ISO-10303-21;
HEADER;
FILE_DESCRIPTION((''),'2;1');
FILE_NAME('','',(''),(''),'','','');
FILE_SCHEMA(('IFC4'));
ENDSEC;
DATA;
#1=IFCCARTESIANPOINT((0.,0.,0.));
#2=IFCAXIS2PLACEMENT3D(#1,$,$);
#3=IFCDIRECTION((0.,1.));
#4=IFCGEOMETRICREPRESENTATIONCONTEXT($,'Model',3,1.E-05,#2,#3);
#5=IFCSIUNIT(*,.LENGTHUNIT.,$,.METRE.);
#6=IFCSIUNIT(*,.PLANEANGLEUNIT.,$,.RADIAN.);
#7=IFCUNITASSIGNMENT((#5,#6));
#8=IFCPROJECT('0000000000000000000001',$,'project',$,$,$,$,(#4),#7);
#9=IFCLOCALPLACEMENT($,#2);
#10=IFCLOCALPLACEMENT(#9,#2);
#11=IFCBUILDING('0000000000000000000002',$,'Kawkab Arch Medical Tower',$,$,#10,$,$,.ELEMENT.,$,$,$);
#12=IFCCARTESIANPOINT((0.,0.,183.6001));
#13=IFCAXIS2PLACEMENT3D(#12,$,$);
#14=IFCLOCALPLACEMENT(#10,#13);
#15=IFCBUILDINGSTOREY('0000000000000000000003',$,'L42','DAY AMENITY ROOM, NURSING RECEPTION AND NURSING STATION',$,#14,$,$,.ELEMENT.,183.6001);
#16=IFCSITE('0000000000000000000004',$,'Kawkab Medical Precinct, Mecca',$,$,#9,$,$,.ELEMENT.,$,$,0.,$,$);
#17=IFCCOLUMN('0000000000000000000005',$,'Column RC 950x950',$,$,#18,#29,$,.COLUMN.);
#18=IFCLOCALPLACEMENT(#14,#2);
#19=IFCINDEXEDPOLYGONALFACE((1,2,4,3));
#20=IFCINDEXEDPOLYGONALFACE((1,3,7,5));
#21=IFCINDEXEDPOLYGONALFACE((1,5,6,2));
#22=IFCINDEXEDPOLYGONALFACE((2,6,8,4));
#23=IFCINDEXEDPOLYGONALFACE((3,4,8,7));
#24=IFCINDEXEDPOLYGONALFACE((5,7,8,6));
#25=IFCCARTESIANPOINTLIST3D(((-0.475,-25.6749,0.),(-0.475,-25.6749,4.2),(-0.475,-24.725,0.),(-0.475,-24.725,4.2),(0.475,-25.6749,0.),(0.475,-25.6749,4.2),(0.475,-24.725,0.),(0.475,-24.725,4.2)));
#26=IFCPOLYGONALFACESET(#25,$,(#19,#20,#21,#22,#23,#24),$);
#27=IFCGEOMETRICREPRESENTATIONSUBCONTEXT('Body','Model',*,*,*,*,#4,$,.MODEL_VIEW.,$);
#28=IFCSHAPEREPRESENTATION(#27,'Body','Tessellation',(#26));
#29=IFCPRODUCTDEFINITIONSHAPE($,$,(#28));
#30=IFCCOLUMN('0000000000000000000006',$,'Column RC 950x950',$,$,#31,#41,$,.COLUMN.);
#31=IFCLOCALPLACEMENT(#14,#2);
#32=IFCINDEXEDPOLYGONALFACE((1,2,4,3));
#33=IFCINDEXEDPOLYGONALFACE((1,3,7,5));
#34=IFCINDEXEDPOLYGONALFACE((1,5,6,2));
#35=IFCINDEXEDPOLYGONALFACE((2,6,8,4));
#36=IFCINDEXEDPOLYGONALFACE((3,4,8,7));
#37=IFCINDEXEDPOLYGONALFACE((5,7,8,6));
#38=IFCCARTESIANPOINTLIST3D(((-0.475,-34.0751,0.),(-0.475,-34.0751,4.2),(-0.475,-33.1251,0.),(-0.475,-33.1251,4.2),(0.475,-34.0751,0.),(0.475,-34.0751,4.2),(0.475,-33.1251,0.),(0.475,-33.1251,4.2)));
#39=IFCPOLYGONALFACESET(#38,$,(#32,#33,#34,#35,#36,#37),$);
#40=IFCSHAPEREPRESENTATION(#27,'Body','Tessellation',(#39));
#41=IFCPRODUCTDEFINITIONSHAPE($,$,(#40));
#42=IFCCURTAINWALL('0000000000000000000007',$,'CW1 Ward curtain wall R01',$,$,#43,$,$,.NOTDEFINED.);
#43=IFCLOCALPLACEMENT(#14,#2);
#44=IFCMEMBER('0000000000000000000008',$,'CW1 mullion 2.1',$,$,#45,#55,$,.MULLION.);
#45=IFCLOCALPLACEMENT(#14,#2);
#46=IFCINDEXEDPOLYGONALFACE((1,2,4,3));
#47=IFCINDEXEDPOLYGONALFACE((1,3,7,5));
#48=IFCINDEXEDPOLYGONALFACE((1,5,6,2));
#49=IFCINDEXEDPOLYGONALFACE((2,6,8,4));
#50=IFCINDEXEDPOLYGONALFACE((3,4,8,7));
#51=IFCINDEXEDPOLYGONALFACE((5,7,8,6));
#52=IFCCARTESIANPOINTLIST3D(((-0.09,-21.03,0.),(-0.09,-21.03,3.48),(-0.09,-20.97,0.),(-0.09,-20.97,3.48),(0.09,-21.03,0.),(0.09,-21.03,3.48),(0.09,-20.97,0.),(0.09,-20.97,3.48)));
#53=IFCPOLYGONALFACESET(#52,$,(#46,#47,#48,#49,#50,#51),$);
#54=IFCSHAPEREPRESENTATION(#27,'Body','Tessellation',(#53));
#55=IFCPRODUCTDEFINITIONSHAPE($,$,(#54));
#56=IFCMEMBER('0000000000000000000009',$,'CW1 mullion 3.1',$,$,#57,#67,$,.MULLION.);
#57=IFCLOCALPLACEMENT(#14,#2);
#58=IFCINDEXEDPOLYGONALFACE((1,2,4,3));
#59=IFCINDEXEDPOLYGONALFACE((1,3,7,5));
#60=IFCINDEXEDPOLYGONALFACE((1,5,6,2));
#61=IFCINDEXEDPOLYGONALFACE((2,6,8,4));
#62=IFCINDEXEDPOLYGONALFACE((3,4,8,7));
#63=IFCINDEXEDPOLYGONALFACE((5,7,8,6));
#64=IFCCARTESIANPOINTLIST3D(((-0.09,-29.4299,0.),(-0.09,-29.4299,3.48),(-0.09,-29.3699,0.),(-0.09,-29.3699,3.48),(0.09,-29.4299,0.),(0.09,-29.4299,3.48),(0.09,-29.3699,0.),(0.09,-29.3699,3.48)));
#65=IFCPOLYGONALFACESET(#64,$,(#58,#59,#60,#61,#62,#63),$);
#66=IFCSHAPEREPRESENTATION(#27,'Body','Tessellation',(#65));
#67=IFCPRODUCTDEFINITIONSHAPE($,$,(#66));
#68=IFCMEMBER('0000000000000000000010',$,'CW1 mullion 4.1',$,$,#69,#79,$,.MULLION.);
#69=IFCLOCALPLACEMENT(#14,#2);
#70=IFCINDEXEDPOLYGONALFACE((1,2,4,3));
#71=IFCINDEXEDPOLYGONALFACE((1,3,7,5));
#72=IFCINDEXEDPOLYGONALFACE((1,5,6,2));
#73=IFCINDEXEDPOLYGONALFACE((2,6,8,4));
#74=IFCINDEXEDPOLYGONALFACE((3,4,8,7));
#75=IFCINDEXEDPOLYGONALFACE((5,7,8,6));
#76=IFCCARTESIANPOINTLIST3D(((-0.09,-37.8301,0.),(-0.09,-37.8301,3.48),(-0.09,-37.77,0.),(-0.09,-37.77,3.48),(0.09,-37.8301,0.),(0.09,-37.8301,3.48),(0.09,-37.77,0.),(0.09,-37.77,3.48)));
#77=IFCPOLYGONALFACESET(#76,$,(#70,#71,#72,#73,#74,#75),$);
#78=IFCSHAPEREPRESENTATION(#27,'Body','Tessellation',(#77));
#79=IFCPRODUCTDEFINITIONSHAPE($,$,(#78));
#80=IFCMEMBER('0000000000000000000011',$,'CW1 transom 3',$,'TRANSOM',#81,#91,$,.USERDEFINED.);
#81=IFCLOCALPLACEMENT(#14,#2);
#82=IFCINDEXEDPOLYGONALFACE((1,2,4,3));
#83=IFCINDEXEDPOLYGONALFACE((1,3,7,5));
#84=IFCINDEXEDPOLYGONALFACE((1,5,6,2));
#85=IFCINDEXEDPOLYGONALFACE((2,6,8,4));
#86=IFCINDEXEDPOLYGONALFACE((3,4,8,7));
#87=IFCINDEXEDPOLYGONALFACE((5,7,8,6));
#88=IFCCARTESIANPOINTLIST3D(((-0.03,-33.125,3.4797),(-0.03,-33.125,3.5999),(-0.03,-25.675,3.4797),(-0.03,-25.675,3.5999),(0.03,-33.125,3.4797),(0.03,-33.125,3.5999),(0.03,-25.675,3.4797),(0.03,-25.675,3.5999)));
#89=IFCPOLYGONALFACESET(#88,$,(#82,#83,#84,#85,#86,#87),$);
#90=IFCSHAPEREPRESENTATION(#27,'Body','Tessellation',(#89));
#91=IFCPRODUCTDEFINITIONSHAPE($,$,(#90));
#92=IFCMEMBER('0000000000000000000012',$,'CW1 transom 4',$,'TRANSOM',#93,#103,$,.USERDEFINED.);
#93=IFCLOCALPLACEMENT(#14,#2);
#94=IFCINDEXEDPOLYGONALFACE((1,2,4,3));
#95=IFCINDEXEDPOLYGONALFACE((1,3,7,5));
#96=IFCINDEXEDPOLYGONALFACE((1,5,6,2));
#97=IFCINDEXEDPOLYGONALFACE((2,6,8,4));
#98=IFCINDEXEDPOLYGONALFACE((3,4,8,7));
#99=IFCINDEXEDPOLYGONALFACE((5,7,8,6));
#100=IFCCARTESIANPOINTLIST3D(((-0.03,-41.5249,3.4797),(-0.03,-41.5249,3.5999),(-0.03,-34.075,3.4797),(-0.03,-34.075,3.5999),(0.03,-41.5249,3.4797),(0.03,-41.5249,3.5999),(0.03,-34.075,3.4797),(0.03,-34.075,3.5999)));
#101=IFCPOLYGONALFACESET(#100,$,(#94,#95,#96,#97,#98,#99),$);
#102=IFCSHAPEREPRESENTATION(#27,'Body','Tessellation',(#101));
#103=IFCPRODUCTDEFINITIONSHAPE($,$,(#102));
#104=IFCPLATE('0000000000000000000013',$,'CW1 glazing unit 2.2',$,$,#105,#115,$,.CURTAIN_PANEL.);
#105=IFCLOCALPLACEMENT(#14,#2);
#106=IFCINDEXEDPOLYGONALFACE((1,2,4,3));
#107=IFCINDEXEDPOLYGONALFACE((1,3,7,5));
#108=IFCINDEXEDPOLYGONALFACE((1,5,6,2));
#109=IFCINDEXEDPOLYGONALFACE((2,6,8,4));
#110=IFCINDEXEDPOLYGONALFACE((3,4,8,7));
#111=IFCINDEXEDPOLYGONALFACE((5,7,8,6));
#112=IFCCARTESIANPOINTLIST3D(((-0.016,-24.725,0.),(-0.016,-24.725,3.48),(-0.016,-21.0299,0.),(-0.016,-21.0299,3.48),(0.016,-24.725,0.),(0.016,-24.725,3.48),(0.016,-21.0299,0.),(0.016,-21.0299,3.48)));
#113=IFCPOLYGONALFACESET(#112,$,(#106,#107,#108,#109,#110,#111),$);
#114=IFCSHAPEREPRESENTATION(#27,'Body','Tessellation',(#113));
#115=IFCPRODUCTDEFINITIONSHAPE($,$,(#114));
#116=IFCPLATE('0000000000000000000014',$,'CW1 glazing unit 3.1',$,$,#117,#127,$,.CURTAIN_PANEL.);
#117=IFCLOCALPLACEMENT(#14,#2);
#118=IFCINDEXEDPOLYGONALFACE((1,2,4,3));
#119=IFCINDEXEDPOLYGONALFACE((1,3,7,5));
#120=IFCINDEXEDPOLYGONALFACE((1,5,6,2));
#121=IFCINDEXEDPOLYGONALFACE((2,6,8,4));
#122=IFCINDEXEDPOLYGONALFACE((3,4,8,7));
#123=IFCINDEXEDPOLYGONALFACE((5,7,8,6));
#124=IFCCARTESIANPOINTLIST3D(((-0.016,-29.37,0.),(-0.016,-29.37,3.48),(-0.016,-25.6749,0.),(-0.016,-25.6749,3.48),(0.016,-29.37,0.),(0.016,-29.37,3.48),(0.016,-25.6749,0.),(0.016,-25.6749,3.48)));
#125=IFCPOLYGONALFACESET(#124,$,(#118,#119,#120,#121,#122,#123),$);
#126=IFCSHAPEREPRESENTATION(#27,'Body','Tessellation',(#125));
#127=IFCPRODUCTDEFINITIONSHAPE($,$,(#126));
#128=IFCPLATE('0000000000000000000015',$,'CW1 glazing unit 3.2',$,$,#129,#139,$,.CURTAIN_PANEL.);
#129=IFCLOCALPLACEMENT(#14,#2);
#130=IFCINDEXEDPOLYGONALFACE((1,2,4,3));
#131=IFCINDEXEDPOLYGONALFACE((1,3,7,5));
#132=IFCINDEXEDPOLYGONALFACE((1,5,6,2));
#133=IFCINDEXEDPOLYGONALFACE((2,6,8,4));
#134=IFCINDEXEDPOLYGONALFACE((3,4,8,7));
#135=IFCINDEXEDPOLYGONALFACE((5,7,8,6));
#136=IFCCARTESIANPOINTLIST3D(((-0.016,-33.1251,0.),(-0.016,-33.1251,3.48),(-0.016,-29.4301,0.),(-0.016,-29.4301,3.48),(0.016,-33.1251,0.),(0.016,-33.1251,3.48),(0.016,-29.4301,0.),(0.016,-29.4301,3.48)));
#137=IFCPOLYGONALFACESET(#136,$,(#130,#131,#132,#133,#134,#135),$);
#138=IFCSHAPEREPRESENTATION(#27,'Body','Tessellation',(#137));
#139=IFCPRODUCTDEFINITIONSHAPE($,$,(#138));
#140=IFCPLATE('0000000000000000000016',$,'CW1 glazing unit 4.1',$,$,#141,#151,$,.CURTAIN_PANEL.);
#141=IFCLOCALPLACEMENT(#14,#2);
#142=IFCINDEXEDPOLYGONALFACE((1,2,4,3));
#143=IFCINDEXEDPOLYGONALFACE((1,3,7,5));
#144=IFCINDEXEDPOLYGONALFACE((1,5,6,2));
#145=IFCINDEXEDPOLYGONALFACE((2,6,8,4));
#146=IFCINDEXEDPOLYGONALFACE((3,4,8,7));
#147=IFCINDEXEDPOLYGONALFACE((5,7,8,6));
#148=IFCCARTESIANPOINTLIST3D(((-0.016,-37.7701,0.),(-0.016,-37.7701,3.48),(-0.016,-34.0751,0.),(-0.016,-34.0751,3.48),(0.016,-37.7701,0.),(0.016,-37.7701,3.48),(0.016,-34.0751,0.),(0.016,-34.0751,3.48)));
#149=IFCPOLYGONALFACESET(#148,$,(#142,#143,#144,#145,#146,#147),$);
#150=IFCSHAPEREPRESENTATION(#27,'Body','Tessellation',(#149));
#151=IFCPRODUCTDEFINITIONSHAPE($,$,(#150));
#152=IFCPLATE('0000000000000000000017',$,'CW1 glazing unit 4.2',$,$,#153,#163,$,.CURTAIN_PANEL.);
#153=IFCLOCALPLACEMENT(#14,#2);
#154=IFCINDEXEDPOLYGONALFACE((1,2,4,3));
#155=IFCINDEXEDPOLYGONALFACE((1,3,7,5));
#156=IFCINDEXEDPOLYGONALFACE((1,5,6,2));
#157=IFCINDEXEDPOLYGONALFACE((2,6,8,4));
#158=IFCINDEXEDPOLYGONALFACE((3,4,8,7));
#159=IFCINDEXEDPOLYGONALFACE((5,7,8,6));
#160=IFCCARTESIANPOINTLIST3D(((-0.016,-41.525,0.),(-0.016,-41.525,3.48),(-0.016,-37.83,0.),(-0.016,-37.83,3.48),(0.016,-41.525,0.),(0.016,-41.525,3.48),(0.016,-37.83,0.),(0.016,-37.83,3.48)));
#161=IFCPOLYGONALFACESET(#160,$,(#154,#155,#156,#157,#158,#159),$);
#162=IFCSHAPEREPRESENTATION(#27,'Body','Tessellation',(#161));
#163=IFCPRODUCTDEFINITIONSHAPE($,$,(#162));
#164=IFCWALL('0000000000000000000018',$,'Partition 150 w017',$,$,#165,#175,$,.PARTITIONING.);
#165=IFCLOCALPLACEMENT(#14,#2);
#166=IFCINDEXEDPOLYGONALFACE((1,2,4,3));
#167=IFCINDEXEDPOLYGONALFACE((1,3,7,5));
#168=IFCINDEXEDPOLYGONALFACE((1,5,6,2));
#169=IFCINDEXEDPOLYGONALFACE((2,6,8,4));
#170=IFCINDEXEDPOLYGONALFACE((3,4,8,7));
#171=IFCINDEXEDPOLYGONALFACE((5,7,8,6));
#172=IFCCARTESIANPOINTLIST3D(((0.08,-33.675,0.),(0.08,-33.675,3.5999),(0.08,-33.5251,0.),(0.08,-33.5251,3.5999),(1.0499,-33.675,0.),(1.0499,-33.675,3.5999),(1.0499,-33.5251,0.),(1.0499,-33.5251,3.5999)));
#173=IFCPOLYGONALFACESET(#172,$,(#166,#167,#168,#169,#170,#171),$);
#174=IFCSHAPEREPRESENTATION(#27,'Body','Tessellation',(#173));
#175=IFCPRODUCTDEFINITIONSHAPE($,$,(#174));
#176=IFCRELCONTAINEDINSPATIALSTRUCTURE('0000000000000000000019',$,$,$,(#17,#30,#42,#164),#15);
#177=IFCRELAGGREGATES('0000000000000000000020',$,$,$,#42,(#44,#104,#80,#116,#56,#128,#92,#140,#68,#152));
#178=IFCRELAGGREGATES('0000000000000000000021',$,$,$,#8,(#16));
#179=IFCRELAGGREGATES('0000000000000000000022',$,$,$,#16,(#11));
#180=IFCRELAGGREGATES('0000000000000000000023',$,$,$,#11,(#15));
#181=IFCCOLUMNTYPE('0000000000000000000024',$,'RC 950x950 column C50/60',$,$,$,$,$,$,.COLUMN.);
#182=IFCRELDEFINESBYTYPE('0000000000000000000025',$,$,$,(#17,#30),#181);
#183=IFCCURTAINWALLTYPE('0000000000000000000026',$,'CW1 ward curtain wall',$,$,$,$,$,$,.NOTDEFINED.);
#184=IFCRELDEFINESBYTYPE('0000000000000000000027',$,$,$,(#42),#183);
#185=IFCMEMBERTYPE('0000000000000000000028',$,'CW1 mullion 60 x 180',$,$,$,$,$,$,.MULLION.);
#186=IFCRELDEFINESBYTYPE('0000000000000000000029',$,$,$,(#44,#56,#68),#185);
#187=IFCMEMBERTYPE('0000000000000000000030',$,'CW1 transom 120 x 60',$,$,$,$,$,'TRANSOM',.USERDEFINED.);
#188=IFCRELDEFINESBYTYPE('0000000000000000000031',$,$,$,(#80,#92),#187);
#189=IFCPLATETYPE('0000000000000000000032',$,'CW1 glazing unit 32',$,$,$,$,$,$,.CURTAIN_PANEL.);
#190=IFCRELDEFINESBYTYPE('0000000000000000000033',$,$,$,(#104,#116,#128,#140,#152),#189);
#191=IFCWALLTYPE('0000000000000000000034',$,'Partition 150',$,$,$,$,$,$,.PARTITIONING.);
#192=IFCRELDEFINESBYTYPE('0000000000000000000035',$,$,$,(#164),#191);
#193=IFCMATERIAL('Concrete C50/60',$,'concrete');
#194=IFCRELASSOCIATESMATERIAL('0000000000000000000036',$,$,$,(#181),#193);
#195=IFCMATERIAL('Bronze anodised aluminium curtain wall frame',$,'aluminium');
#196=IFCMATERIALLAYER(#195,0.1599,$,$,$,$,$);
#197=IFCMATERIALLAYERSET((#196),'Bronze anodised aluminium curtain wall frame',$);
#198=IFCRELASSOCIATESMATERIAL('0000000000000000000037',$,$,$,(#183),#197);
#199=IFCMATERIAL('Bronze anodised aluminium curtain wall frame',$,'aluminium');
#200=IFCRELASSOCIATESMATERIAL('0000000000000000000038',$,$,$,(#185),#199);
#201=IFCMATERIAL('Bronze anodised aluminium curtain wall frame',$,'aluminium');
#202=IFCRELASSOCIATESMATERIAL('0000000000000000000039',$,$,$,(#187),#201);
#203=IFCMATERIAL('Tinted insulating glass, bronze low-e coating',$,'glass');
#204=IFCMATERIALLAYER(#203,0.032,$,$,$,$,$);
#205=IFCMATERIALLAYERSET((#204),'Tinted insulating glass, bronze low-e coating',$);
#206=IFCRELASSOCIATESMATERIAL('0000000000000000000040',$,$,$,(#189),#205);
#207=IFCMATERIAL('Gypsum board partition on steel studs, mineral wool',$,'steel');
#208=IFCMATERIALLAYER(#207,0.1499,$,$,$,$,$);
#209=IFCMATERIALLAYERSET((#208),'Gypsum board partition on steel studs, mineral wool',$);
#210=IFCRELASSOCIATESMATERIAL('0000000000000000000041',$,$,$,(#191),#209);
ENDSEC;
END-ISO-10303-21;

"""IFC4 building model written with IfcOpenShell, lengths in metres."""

from ifc_helpers import new_model, si_unit, direction, frame, frame_2d, origin, origin_2d, place, context, subcontext, project, spatial, rectangle, extrude, material, layer, layer_set, material_profile, profile_set, type_object, element, aggregate, save


model = new_model("IFC4")

# Units and contexts
model_context = context("Model", 3, precision=1e-05, world=origin(), true_north=direction((0.0, 1.0)))
body_context = subcontext(model_context, "Body", "Model", "MODEL_VIEW")
ifc_project = project(units=[si_unit("LENGTHUNIT", "METRE"), si_unit("PLANEANGLEUNIT", "RADIAN")], contexts=[model_context])

# Site, building, storey
site_placement = place(None, origin())
site = spatial("IfcSite", under=ifc_project, at=site_placement, Name="Kawkab Medical Precinct, Mecca", CompositionType="ELEMENT", RefElevation=0.0)
building_placement = place(site_placement, origin())
building = spatial("IfcBuilding", under=site, at=building_placement, Name="Kawkab Arch Medical Tower", CompositionType="ELEMENT")
storey_placement = place(building_placement, frame((0.0, 0.0, 183.6001)))
storey = spatial("IfcBuildingStorey", under=building, at=storey_placement, Name="L42", Description="DAY AMENITY ROOM, NURSING RECEPTION AND NURSING STATION", CompositionType="ELEMENT", Elevation=183.6001)

# Columns
ifc_material_1 = material(Name="Concrete C50/60", Category="concrete")
ifc_material_profile_1 = material_profile(ifc_material_1, rectangle(XDim=0.95, YDim=0.95, at=origin_2d()), Name="RC 950x950")
ifc_profile_set_1 = profile_set([ifc_material_profile_1], Name="Concrete C50/60")
column_type = type_object("IfcColumnType", Name="RC 950x950 column C50/60", PredefinedType="COLUMN", material=ifc_profile_set_1)
for number, where, z_axis, x_axis, name in (
    (1, (0.0, -25.2, 0.0), (0.0, 0.0, 1.0), (1.0, 0.0, 0.0), "Column RC 950x950"),
    (2, (0.0, -33.6001, 0.0), (0.0, 0.0, 1.0), (1.0, 0.0, 0.0), "Column RC 950x950"),
):
    element("IfcColumn", number, at=place(storey_placement, frame(where, z_axis=z_axis, x_axis=x_axis)), inside=storey, type_object=column_type, Name=name, PredefinedType="COLUMN", context=body_context, shape_type="SweptSolid", body=[
        extrude(rectangle(XDim=0.95, YDim=0.95, at=origin_2d()), origin(), (0.0, 0.0, 1.0), 4.2),
    ])

# Curtain wall, members, plates
ifc_material_2 = material(Name="Bronze anodised aluminium curtain wall frame", Category="aluminium")
ifc_layer_1 = layer(ifc_material_2, 0.1599)
ifc_layer_set_1 = layer_set([ifc_layer_1], Name="Bronze anodised aluminium curtain wall frame")
curtain_wall_type = type_object("IfcCurtainWallType", Name="CW1 ward curtain wall", PredefinedType="NOTDEFINED", material=ifc_layer_set_1)
curtain_wall_placement = place(storey_placement, origin())
curtain_wall = element("IfcCurtainWall", 3, at=curtain_wall_placement, inside=storey, type_object=curtain_wall_type, Name="CW1 Ward curtain wall R01", PredefinedType="NOTDEFINED")
ifc_material_3 = material(Name="Bronze anodised aluminium curtain wall frame", Category="aluminium")
ifc_material_profile_2 = material_profile(ifc_material_3, rectangle(XDim=0.1799, YDim=0.0601, at=origin_2d()), Name="AL 60x180")
ifc_profile_set_2 = profile_set([ifc_material_profile_2], Name="Bronze anodised aluminium curtain wall frame")
member_type_1 = type_object("IfcMemberType", Name="CW1 mullion 60 x 180", PredefinedType="MULLION", material=ifc_profile_set_2)
member_1_placement = place(storey_placement, frame((0.0, -21.0, 0.0), z_axis=(0.0, 0.0, 1.0), x_axis=(1.0, 0.0, 0.0)))
member_1 = element("IfcMember", 4, at=member_1_placement, type_object=member_type_1, Name="CW1 mullion 2.1", PredefinedType="MULLION", context=body_context, shape_type="SweptSolid", body=[
    extrude(rectangle(XDim=0.1799, YDim=0.0601, at=origin_2d()), origin(), (0.0, 0.0, 1.0), 3.48),
])
member_2_placement = place(storey_placement, frame((0.0, -29.3999, 0.0), z_axis=(0.0, 0.0, 1.0), x_axis=(1.0, 0.0, 0.0)))
member_2 = element("IfcMember", 5, at=member_2_placement, type_object=member_type_1, Name="CW1 mullion 3.1", PredefinedType="MULLION", context=body_context, shape_type="SweptSolid", body=[
    extrude(rectangle(XDim=0.1799, YDim=0.0601, at=origin_2d()), origin(), (0.0, 0.0, 1.0), 3.48),
])
member_3_placement = place(storey_placement, frame((0.0, -37.8, 0.0), z_axis=(0.0, 0.0, 1.0), x_axis=(1.0, 0.0, 0.0)))
member_3 = element("IfcMember", 6, at=member_3_placement, type_object=member_type_1, Name="CW1 mullion 4.1", PredefinedType="MULLION", context=body_context, shape_type="SweptSolid", body=[
    extrude(rectangle(XDim=0.1799, YDim=0.0601, at=origin_2d()), origin(), (0.0, 0.0, 1.0), 3.48),
])
ifc_material_4 = material(Name="Bronze anodised aluminium curtain wall frame", Category="aluminium")
ifc_material_profile_3 = material_profile(ifc_material_4, rectangle(XDim=0.0601, YDim=0.1201, at=origin_2d()), Name="AL 60x120")
ifc_profile_set_3 = profile_set([ifc_material_profile_3], Name="Bronze anodised aluminium curtain wall frame")
member_type_2 = type_object("IfcMemberType", Name="CW1 transom 120 x 60", ElementType="TRANSOM", PredefinedType="USERDEFINED", material=ifc_profile_set_3)
member_4_placement = place(storey_placement, frame((0.0, -25.675, 3.5398), z_axis=(0.0, -1.0, 0.0), x_axis=(1.0, 0.0, 0.0)))
member_4 = element("IfcMember", 7, at=member_4_placement, type_object=member_type_2, Name="CW1 transom 3", ObjectType="TRANSOM", PredefinedType="USERDEFINED", context=body_context, shape_type="SweptSolid", body=[
    extrude(rectangle(XDim=0.0601, YDim=0.1201, at=origin_2d()), origin(), (0.0, 0.0, 1.0), 7.45),
])
member_5_placement = place(storey_placement, frame((0.0, -34.075, 3.5398), z_axis=(0.0, -1.0, 0.0), x_axis=(1.0, 0.0, 0.0)))
member_5 = element("IfcMember", 8, at=member_5_placement, type_object=member_type_2, Name="CW1 transom 4", ObjectType="TRANSOM", PredefinedType="USERDEFINED", context=body_context, shape_type="SweptSolid", body=[
    extrude(rectangle(XDim=0.0601, YDim=0.1201, at=origin_2d()), origin(), (0.0, 0.0, 1.0), 7.45),
])
ifc_material_5 = material(Name="Tinted insulating glass, bronze low-e coating", Category="glass")
ifc_layer_2 = layer(ifc_material_5, 0.032)
ifc_layer_set_2 = layer_set([ifc_layer_2], Name="Tinted insulating glass, bronze low-e coating")
plate_type = type_object("IfcPlateType", Name="CW1 glazing unit 32", PredefinedType="CURTAIN_PANEL", material=ifc_layer_set_2)
plate_1_placement = place(storey_placement, frame((0.0, -22.8774, 0.0), z_axis=(0.0, 0.0, 1.0), x_axis=(0.0, -1.0, 0.0)))
plate_1 = element("IfcPlate", 9, at=plate_1_placement, type_object=plate_type, Name="CW1 glazing unit 2.2", PredefinedType="CURTAIN_PANEL", context=body_context, shape_type="SweptSolid", body=[
    extrude(rectangle(XDim=3.6951, YDim=0.032, at=origin_2d()), origin(), (0.0, 0.0, 1.0), 3.48),
])
plate_2_placement = place(storey_placement, frame((0.0, -27.5225, 0.0), z_axis=(0.0, 0.0, 1.0), x_axis=(0.0, -1.0, 0.0)))
plate_2 = element("IfcPlate", 10, at=plate_2_placement, type_object=plate_type, Name="CW1 glazing unit 3.1", PredefinedType="CURTAIN_PANEL", context=body_context, shape_type="SweptSolid", body=[
    extrude(rectangle(XDim=3.6951, YDim=0.032, at=origin_2d()), origin(), (0.0, 0.0, 1.0), 3.48),
])
plate_3_placement = place(storey_placement, frame((0.0, -31.2776, 0.0), z_axis=(0.0, 0.0, 1.0), x_axis=(0.0, -1.0, 0.0)))
plate_3 = element("IfcPlate", 11, at=plate_3_placement, type_object=plate_type, Name="CW1 glazing unit 3.2", PredefinedType="CURTAIN_PANEL", context=body_context, shape_type="SweptSolid", body=[
    extrude(rectangle(XDim=3.6951, YDim=0.032, at=origin_2d()), origin(), (0.0, 0.0, 1.0), 3.48),
])
plate_4_placement = place(storey_placement, frame((0.0, -35.9226, 0.0), z_axis=(0.0, 0.0, 1.0), x_axis=(0.0, -1.0, 0.0)))
plate_4 = element("IfcPlate", 12, at=plate_4_placement, type_object=plate_type, Name="CW1 glazing unit 4.1", PredefinedType="CURTAIN_PANEL", context=body_context, shape_type="SweptSolid", body=[
    extrude(rectangle(XDim=3.6951, YDim=0.032, at=origin_2d()), origin(), (0.0, 0.0, 1.0), 3.48),
])
plate_5_placement = place(storey_placement, frame((0.0, -39.6775, 0.0), z_axis=(0.0, 0.0, 1.0), x_axis=(0.0, -1.0, 0.0)))
plate_5 = element("IfcPlate", 13, at=plate_5_placement, type_object=plate_type, Name="CW1 glazing unit 4.2", PredefinedType="CURTAIN_PANEL", context=body_context, shape_type="SweptSolid", body=[
    extrude(rectangle(XDim=3.6951, YDim=0.032, at=origin_2d()), origin(), (0.0, 0.0, 1.0), 3.48),
])
aggregate(curtain_wall, [member_1, plate_1, member_4, plate_2, member_2, plate_3, member_5, plate_4, member_3, plate_5])

# Wall
ifc_material_6 = material(Name="Gypsum board partition on steel studs, mineral wool", Category="steel")
ifc_layer_3 = layer(ifc_material_6, 0.1499)
ifc_layer_set_3 = layer_set([ifc_layer_3], Name="Gypsum board partition on steel studs, mineral wool")
wall_type_1 = type_object("IfcWallType", Name="Partition 150", PredefinedType="PARTITIONING", material=ifc_layer_set_3)
wall_1_placement = place(storey_placement, frame((0.0801, -33.6001, 0.0), z_axis=(0.0, 0.0, 1.0), x_axis=(1.0, 0.0, 0.0)))
element("IfcWall", 14, at=wall_1_placement, inside=storey, type_object=wall_type_1, Name="Partition 150 w017", PredefinedType="PARTITIONING", context=body_context, shape_type="SweptSolid", body=[
    extrude(rectangle(XDim=0.97, YDim=0.1499, at=frame_2d((0.4849, 0.0))), origin(), (0.0, 0.0, 1.0), 3.5999),
])

save(model, "model.ifc")
